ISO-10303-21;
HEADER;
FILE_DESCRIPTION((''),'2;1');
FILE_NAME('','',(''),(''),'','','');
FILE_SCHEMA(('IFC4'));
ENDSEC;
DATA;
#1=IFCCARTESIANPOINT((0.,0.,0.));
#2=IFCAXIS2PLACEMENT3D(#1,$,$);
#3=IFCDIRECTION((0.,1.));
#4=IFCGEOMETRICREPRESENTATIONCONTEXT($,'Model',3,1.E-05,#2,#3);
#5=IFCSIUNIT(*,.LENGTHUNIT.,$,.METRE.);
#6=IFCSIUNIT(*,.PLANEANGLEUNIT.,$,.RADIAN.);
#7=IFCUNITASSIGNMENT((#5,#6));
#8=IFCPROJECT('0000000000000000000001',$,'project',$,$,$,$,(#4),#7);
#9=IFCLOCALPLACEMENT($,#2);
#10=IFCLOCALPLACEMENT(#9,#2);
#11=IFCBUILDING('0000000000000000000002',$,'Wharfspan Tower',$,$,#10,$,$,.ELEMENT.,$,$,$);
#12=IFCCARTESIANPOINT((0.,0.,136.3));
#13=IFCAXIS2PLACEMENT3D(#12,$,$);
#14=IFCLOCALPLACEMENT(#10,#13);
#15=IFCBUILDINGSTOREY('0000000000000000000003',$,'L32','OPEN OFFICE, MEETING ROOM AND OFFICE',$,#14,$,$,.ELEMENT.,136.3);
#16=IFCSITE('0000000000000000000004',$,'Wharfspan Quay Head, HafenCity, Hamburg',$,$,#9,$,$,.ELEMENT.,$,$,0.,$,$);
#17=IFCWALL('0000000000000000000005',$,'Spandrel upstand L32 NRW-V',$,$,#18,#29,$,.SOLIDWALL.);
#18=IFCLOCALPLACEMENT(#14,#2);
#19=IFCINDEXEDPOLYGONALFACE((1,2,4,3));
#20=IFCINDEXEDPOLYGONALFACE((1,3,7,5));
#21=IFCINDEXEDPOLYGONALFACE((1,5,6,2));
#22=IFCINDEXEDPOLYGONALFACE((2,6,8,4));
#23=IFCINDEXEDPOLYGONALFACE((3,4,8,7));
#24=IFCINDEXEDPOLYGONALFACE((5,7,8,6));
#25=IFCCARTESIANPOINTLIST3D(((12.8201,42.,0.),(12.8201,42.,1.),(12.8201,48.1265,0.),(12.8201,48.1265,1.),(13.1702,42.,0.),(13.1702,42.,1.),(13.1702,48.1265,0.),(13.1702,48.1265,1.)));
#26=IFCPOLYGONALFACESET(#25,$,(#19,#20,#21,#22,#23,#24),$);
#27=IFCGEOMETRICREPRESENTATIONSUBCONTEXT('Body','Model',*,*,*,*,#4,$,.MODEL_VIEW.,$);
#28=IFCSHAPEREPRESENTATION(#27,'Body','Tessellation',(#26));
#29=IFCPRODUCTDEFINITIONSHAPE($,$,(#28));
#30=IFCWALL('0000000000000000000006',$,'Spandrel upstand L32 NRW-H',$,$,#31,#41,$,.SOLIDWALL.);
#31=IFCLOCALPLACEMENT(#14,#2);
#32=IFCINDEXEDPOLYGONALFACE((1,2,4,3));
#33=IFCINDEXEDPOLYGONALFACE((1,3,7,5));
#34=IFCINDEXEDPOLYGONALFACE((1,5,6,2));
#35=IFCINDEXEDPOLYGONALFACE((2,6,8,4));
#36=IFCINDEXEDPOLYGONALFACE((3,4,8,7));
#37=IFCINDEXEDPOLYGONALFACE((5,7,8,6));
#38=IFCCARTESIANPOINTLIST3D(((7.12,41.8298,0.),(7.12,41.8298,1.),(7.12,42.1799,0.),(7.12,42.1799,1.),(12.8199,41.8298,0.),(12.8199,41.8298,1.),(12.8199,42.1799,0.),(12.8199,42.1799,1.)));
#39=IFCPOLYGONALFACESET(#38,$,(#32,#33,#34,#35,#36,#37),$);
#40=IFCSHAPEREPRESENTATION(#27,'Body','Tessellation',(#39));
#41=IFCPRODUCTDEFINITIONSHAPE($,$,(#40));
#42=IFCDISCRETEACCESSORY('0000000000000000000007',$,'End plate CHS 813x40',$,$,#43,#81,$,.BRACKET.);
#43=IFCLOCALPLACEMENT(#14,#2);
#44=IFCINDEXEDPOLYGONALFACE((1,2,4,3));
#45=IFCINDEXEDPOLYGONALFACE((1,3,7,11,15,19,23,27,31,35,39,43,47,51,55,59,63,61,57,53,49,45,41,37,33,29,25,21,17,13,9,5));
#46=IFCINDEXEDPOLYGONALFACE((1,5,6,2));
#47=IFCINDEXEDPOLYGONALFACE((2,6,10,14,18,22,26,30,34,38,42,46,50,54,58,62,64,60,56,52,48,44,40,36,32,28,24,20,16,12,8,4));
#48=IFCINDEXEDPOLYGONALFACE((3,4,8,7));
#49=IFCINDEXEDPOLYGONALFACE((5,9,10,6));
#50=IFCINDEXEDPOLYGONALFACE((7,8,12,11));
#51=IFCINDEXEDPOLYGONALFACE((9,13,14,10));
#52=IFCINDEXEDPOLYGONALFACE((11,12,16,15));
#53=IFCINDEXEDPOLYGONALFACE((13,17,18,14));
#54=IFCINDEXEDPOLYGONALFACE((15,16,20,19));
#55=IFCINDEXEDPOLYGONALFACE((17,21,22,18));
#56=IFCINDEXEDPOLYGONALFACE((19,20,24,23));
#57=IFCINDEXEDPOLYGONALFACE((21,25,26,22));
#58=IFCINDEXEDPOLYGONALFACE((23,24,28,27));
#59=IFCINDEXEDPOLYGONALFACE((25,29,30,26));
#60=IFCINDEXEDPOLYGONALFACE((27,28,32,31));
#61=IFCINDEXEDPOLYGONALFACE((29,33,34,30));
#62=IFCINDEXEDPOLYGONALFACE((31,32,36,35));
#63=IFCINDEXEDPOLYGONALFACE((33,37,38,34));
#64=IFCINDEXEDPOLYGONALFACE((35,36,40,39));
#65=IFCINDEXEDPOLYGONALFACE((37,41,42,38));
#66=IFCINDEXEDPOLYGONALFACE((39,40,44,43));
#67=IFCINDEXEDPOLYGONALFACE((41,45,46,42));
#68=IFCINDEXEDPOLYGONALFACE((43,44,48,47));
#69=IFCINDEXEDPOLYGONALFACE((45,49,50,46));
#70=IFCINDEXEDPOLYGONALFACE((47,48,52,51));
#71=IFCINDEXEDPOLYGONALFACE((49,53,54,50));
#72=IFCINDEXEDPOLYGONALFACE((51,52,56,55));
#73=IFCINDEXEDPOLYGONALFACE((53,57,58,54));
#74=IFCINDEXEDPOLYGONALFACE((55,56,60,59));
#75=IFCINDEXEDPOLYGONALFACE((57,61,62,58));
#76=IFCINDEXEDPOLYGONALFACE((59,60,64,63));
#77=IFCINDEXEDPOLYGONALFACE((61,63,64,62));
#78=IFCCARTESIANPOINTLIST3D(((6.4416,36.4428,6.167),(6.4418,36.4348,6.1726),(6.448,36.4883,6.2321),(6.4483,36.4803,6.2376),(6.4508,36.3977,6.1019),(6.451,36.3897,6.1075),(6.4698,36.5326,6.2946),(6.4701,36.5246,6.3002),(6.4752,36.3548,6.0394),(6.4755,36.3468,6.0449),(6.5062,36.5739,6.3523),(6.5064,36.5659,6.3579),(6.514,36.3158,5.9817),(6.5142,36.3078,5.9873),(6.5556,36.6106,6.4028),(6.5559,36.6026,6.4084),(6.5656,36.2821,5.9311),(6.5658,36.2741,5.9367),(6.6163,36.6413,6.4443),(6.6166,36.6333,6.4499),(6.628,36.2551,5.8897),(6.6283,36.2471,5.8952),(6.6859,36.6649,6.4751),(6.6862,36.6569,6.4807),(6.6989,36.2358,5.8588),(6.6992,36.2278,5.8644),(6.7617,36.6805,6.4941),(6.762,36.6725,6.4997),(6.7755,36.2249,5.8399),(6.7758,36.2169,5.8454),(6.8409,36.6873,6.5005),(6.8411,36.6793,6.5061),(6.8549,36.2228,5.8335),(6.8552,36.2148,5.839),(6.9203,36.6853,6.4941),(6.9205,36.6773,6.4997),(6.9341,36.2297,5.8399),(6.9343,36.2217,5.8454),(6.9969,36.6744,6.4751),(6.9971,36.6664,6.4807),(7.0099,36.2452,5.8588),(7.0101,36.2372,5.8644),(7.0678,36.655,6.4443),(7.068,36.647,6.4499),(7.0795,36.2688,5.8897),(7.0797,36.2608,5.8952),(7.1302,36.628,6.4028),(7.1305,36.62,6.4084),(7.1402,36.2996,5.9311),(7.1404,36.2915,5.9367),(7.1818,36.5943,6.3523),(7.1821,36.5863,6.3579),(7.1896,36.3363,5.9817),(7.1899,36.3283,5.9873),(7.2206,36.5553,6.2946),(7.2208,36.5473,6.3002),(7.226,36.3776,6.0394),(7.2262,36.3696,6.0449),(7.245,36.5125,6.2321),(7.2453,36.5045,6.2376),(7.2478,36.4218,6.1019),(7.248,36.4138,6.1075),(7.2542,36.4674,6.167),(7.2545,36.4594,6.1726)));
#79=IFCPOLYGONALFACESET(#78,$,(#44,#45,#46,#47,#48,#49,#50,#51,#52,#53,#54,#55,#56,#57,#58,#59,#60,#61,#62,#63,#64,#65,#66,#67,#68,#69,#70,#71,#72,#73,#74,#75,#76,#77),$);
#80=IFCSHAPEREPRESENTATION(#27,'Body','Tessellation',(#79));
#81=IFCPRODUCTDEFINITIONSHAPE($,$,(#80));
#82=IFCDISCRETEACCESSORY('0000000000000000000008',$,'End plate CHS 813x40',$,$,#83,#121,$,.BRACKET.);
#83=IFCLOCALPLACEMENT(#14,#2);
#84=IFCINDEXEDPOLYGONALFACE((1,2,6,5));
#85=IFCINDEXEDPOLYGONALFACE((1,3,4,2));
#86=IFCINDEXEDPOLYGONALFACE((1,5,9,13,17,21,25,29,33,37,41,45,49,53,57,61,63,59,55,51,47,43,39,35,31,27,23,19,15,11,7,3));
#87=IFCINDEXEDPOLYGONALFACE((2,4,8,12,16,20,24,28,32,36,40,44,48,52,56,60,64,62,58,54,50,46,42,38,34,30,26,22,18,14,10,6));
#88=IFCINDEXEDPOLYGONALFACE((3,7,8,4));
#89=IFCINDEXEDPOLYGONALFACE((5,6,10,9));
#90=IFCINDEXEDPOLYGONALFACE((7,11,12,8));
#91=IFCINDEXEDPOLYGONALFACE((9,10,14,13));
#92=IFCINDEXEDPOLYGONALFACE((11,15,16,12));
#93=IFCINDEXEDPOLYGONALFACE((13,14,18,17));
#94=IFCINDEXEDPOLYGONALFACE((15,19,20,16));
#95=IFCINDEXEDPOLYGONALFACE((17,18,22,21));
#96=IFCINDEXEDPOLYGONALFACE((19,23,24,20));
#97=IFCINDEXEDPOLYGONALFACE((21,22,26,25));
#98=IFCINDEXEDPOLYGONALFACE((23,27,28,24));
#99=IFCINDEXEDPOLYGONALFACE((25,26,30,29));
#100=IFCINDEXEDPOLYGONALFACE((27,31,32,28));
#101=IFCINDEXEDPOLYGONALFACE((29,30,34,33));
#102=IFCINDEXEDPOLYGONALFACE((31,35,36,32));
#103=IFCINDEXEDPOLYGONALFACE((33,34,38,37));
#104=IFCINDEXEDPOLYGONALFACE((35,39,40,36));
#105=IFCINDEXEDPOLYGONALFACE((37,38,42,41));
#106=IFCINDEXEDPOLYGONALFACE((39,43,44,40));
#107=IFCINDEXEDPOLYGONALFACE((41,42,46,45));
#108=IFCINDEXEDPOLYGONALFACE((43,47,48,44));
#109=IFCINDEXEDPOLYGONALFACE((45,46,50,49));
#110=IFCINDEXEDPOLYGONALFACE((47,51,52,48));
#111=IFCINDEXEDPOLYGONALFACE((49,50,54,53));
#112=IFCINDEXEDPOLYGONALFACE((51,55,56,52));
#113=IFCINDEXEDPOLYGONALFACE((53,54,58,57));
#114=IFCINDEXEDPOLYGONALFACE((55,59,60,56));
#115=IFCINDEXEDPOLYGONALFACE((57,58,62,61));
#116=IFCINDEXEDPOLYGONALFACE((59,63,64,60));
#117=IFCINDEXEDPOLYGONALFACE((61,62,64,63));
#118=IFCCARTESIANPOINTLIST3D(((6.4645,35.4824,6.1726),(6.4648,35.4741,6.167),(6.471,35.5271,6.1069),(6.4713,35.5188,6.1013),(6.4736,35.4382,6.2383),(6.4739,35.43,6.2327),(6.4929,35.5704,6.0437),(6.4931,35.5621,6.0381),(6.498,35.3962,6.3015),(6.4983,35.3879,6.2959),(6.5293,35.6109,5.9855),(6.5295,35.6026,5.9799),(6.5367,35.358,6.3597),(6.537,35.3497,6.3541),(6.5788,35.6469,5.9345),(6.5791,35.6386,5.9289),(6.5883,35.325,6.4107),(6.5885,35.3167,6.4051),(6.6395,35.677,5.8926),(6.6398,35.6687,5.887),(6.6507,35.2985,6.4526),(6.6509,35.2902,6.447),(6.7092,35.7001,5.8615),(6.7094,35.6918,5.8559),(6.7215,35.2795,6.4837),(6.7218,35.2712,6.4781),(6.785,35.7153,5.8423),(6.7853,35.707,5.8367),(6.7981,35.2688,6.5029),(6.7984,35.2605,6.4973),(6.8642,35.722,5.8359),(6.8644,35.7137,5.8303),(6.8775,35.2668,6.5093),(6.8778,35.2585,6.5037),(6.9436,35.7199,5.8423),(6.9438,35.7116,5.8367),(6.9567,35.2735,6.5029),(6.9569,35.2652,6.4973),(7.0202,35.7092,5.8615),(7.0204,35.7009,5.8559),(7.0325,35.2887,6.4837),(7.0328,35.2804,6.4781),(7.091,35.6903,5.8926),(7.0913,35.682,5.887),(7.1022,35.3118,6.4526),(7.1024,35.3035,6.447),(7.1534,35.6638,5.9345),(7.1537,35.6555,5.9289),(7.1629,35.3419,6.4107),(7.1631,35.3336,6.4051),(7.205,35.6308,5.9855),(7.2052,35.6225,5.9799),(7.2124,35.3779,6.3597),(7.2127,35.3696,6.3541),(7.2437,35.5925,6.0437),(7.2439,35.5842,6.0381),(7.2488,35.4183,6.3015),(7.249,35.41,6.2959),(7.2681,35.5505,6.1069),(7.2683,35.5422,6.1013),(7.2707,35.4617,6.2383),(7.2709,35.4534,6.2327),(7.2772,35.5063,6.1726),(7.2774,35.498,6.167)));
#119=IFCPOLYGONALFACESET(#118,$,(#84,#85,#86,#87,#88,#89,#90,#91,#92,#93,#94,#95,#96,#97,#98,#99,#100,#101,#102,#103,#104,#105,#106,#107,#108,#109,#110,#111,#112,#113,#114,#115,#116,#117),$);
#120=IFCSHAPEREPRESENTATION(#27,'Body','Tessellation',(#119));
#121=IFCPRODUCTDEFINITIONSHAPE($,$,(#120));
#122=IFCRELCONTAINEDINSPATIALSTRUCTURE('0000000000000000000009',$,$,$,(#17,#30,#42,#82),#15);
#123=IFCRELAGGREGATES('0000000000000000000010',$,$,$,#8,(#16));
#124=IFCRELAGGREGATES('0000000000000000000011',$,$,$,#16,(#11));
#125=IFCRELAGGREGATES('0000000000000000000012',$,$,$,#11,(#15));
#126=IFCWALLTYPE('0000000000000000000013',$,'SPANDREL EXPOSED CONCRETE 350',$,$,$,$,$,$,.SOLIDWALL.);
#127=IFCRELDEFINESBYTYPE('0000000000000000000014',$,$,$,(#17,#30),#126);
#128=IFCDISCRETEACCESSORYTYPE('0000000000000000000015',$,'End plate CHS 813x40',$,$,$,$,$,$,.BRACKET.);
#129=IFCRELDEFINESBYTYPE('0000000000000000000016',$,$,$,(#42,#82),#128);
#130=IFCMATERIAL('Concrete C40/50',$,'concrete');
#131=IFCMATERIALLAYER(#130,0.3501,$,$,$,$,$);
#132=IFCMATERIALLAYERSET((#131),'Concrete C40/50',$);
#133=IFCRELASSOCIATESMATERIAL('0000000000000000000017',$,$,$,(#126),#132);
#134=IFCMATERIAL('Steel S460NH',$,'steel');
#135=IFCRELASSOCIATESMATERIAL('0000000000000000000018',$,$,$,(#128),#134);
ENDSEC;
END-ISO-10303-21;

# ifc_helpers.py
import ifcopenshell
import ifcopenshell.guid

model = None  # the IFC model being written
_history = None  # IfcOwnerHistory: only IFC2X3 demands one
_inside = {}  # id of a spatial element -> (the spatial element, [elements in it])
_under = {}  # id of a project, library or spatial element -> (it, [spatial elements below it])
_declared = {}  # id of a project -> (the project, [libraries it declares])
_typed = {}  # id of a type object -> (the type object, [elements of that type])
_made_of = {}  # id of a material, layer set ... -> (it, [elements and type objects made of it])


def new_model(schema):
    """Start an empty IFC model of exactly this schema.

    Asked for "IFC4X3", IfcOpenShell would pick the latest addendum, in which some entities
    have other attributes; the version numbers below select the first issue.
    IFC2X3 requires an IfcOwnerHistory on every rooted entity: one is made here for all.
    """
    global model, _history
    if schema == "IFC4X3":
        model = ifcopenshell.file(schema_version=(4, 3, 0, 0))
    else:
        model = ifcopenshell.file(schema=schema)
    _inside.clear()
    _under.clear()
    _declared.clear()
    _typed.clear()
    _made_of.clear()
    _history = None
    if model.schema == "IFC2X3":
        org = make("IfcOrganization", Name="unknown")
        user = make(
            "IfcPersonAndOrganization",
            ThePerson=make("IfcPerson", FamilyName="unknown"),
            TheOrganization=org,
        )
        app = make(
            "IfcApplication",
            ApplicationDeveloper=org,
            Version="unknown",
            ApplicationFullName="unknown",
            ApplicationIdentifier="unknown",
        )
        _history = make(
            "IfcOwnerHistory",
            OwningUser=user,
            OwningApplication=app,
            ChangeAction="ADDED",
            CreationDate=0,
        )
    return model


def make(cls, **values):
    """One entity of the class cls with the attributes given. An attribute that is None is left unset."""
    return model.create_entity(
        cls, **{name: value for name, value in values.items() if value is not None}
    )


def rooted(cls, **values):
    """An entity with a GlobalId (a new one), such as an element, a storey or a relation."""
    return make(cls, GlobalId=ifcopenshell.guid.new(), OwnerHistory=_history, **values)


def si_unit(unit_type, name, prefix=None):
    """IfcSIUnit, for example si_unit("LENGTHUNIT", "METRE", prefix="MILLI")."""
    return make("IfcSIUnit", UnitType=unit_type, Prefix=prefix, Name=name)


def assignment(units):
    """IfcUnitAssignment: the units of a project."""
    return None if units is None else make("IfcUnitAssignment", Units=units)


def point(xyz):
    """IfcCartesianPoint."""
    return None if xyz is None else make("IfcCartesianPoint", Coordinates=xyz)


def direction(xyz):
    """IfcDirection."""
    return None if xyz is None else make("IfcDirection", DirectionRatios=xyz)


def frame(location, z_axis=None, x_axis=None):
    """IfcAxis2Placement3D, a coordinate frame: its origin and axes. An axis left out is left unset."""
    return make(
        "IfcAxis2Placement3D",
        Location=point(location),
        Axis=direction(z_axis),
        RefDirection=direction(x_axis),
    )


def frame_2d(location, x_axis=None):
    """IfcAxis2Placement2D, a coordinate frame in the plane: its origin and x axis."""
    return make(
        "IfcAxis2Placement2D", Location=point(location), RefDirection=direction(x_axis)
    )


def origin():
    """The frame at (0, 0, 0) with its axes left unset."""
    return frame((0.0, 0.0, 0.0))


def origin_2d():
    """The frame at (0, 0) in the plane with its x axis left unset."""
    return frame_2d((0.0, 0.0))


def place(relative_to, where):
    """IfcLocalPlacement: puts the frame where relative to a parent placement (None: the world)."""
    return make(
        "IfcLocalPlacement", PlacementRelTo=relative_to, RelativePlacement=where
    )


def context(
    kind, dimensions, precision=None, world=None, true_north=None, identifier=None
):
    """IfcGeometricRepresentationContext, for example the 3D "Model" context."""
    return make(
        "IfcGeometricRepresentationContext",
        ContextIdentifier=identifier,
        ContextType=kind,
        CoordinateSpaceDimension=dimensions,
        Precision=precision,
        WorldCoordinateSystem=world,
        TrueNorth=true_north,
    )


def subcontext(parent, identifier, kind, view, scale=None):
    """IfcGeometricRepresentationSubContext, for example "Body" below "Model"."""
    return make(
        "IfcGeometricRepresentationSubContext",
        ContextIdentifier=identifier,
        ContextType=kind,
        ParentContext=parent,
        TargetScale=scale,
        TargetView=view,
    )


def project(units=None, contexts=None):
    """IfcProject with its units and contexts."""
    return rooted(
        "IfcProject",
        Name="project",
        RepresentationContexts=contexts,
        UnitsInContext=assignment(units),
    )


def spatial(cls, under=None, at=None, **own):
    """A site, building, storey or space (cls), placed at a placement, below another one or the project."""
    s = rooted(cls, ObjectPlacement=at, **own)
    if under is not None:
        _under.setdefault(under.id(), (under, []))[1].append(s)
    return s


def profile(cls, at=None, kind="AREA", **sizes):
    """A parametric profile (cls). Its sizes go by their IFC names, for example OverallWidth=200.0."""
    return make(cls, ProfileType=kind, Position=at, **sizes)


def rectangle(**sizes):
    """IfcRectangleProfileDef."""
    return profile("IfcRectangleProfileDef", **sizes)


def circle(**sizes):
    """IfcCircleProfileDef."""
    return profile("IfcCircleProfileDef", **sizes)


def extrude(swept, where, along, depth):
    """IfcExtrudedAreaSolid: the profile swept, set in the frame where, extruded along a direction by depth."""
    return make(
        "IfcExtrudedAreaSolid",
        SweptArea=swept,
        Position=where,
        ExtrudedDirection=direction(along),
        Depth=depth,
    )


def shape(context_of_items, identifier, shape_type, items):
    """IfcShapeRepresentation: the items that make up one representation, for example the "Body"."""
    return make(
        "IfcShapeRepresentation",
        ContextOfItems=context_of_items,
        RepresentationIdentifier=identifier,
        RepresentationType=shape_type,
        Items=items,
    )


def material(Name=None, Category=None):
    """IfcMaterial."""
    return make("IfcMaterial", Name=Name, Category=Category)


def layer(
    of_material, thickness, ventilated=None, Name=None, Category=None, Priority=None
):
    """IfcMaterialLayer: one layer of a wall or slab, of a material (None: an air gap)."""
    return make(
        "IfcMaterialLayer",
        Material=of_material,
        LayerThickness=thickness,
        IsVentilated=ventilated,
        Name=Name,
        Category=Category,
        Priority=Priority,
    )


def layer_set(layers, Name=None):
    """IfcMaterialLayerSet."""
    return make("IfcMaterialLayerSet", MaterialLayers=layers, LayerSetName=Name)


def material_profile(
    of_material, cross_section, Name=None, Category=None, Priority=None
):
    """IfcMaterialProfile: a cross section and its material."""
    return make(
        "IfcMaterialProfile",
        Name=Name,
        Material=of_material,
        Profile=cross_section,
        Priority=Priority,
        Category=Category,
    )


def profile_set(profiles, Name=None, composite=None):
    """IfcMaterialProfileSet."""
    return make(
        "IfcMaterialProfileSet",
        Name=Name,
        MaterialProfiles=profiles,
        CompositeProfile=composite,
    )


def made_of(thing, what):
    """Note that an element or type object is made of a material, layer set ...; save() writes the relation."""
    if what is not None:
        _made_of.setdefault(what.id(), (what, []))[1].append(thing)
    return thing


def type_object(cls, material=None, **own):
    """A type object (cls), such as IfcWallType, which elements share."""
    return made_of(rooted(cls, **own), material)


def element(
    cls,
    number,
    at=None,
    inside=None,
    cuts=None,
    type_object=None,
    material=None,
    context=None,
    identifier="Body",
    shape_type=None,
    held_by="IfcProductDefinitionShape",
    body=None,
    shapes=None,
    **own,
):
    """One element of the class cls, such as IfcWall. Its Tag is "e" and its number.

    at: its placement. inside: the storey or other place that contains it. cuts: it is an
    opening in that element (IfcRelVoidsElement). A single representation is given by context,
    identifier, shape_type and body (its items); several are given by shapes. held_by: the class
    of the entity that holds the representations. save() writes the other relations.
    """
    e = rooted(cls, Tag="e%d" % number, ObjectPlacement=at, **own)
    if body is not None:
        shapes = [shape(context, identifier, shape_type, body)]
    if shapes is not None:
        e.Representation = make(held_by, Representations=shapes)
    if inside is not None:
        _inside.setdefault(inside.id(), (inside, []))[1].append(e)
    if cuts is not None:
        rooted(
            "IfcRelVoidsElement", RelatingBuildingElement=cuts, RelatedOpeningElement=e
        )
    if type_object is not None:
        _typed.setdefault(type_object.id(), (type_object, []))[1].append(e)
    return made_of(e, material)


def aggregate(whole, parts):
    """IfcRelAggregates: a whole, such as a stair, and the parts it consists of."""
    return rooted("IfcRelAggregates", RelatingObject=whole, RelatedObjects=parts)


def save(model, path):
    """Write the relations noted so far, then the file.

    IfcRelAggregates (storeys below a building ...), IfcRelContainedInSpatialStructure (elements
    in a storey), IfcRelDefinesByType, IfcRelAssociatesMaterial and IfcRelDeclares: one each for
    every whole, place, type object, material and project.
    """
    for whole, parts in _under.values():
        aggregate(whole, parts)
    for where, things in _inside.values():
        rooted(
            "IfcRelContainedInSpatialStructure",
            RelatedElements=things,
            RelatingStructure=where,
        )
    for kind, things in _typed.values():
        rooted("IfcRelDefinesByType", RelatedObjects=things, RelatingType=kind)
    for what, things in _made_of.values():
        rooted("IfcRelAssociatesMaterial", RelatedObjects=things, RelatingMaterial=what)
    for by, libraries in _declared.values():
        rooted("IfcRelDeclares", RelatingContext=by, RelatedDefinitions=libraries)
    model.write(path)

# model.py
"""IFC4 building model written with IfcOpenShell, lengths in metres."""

from ifc_helpers import new_model, si_unit, direction, frame, frame_2d, origin, origin_2d, place, context, subcontext, project, spatial, rectangle, circle, extrude, material, layer, layer_set, material_profile, profile_set, type_object, element, save


model = new_model("IFC4")

# Units and contexts
model_context = context("Model", 3, precision=1e-05, world=origin(), true_north=direction((0.0, 1.0)))
body_context = subcontext(model_context, "Body", "Model", "MODEL_VIEW")
ifc_project = project(units=[si_unit("LENGTHUNIT", "METRE"), si_unit("PLANEANGLEUNIT", "RADIAN")], contexts=[model_context])

# Site, building, storey
site_placement = place(None, origin())
site = spatial("IfcSite", under=ifc_project, at=site_placement, Name="Wharfspan Quay Head, HafenCity, Hamburg", CompositionType="ELEMENT", RefElevation=0.0)
building_placement = place(site_placement, origin())
building = spatial("IfcBuilding", under=site, at=building_placement, Name="Wharfspan Tower", CompositionType="ELEMENT")
storey_placement = place(building_placement, frame((0.0, 0.0, 136.3)))
storey = spatial("IfcBuildingStorey", under=building, at=storey_placement, Name="L32", Description="OPEN OFFICE, MEETING ROOM AND OFFICE", CompositionType="ELEMENT", Elevation=136.3)

# Shared definitions
ifc_material_1 = material(Name="Steel S460NH", Category="steel")

# Walls
ifc_material_2 = material(Name="Concrete C40/50", Category="concrete")
ifc_layer_1 = layer(ifc_material_2, 0.3501)
ifc_layer_set_1 = layer_set([ifc_layer_1], Name="Concrete C40/50")
wall_type = type_object("IfcWallType", Name="SPANDREL EXPOSED CONCRETE 350", PredefinedType="SOLIDWALL", material=ifc_layer_set_1)
wall_1_placement = place(storey_placement, frame((12.9951, 48.1265, 0.0), z_axis=(0.0, 0.0, 1.0), x_axis=(0.0, -1.0, 0.0)))
element("IfcWall", 1, at=wall_1_placement, inside=storey, type_object=wall_type, Name="Spandrel upstand L32 NRW-V", PredefinedType="SOLIDWALL", context=body_context, shape_type="SweptSolid", body=[
    extrude(rectangle(XDim=6.1265, YDim=0.3501, at=frame_2d((3.0632, 0.0))), origin(), (0.0, 0.0, 1.0), 1.0),
])
wall_2_placement = place(storey_placement, frame((12.8201, 42.0049, 0.0), z_axis=(0.0, 0.0, 1.0), x_axis=(-1.0, 0.0, 0.0)))
element("IfcWall", 2, at=wall_2_placement, inside=storey, type_object=wall_type, Name="Spandrel upstand L32 NRW-H", PredefinedType="SOLIDWALL", context=body_context, shape_type="SweptSolid", body=[
    extrude(rectangle(XDim=5.7, YDim=0.3501, at=frame_2d((2.8501, 0.0))), origin(), (0.0, 0.0, 1.0), 1.0),
])

# Discrete accessories
ifc_material_profile_1 = material_profile(ifc_material_1, circle(Radius=0.4065, at=origin_2d()))
ifc_profile_set_1 = profile_set([ifc_material_profile_1], Name="Steel S460NH")
discrete_accessory_type = type_object("IfcDiscreteAccessoryType", Name="End plate CHS 813x40", PredefinedType="BRACKET", material=ifc_profile_set_1)
discrete_accessory_1_placement = place(storey_placement, frame((6.8479, 36.4551, 6.167), z_axis=(0.024853, -0.820145, 0.571616), x_axis=(0.999542, 0.03029, 0.000001)))
element("IfcDiscreteAccessory", 3, at=discrete_accessory_1_placement, inside=storey, type_object=discrete_accessory_type, Name="End plate CHS 813x40", PredefinedType="BRACKET", context=body_context, shape_type="SweptSolid", body=[
    extrude(circle(Radius=0.4065, at=origin_2d()), origin(), (0.0, 0.0, 1.0), 0.0098),
])
discrete_accessory_2_placement = place(storey_placement, frame((6.8711, 35.4861, 6.167), z_axis=(-0.024354, 0.828038, 0.560143), x_axis=(-0.999568, -0.029399, 0.0)))
element("IfcDiscreteAccessory", 4, at=discrete_accessory_2_placement, inside=storey, type_object=discrete_accessory_type, Name="End plate CHS 813x40", PredefinedType="BRACKET", context=body_context, shape_type="SweptSolid", body=[
    extrude(circle(Radius=0.4065, at=origin_2d()), origin(), (0.0, 0.0, 1.0), 0.01),
])

save(model, "model.ifc")
